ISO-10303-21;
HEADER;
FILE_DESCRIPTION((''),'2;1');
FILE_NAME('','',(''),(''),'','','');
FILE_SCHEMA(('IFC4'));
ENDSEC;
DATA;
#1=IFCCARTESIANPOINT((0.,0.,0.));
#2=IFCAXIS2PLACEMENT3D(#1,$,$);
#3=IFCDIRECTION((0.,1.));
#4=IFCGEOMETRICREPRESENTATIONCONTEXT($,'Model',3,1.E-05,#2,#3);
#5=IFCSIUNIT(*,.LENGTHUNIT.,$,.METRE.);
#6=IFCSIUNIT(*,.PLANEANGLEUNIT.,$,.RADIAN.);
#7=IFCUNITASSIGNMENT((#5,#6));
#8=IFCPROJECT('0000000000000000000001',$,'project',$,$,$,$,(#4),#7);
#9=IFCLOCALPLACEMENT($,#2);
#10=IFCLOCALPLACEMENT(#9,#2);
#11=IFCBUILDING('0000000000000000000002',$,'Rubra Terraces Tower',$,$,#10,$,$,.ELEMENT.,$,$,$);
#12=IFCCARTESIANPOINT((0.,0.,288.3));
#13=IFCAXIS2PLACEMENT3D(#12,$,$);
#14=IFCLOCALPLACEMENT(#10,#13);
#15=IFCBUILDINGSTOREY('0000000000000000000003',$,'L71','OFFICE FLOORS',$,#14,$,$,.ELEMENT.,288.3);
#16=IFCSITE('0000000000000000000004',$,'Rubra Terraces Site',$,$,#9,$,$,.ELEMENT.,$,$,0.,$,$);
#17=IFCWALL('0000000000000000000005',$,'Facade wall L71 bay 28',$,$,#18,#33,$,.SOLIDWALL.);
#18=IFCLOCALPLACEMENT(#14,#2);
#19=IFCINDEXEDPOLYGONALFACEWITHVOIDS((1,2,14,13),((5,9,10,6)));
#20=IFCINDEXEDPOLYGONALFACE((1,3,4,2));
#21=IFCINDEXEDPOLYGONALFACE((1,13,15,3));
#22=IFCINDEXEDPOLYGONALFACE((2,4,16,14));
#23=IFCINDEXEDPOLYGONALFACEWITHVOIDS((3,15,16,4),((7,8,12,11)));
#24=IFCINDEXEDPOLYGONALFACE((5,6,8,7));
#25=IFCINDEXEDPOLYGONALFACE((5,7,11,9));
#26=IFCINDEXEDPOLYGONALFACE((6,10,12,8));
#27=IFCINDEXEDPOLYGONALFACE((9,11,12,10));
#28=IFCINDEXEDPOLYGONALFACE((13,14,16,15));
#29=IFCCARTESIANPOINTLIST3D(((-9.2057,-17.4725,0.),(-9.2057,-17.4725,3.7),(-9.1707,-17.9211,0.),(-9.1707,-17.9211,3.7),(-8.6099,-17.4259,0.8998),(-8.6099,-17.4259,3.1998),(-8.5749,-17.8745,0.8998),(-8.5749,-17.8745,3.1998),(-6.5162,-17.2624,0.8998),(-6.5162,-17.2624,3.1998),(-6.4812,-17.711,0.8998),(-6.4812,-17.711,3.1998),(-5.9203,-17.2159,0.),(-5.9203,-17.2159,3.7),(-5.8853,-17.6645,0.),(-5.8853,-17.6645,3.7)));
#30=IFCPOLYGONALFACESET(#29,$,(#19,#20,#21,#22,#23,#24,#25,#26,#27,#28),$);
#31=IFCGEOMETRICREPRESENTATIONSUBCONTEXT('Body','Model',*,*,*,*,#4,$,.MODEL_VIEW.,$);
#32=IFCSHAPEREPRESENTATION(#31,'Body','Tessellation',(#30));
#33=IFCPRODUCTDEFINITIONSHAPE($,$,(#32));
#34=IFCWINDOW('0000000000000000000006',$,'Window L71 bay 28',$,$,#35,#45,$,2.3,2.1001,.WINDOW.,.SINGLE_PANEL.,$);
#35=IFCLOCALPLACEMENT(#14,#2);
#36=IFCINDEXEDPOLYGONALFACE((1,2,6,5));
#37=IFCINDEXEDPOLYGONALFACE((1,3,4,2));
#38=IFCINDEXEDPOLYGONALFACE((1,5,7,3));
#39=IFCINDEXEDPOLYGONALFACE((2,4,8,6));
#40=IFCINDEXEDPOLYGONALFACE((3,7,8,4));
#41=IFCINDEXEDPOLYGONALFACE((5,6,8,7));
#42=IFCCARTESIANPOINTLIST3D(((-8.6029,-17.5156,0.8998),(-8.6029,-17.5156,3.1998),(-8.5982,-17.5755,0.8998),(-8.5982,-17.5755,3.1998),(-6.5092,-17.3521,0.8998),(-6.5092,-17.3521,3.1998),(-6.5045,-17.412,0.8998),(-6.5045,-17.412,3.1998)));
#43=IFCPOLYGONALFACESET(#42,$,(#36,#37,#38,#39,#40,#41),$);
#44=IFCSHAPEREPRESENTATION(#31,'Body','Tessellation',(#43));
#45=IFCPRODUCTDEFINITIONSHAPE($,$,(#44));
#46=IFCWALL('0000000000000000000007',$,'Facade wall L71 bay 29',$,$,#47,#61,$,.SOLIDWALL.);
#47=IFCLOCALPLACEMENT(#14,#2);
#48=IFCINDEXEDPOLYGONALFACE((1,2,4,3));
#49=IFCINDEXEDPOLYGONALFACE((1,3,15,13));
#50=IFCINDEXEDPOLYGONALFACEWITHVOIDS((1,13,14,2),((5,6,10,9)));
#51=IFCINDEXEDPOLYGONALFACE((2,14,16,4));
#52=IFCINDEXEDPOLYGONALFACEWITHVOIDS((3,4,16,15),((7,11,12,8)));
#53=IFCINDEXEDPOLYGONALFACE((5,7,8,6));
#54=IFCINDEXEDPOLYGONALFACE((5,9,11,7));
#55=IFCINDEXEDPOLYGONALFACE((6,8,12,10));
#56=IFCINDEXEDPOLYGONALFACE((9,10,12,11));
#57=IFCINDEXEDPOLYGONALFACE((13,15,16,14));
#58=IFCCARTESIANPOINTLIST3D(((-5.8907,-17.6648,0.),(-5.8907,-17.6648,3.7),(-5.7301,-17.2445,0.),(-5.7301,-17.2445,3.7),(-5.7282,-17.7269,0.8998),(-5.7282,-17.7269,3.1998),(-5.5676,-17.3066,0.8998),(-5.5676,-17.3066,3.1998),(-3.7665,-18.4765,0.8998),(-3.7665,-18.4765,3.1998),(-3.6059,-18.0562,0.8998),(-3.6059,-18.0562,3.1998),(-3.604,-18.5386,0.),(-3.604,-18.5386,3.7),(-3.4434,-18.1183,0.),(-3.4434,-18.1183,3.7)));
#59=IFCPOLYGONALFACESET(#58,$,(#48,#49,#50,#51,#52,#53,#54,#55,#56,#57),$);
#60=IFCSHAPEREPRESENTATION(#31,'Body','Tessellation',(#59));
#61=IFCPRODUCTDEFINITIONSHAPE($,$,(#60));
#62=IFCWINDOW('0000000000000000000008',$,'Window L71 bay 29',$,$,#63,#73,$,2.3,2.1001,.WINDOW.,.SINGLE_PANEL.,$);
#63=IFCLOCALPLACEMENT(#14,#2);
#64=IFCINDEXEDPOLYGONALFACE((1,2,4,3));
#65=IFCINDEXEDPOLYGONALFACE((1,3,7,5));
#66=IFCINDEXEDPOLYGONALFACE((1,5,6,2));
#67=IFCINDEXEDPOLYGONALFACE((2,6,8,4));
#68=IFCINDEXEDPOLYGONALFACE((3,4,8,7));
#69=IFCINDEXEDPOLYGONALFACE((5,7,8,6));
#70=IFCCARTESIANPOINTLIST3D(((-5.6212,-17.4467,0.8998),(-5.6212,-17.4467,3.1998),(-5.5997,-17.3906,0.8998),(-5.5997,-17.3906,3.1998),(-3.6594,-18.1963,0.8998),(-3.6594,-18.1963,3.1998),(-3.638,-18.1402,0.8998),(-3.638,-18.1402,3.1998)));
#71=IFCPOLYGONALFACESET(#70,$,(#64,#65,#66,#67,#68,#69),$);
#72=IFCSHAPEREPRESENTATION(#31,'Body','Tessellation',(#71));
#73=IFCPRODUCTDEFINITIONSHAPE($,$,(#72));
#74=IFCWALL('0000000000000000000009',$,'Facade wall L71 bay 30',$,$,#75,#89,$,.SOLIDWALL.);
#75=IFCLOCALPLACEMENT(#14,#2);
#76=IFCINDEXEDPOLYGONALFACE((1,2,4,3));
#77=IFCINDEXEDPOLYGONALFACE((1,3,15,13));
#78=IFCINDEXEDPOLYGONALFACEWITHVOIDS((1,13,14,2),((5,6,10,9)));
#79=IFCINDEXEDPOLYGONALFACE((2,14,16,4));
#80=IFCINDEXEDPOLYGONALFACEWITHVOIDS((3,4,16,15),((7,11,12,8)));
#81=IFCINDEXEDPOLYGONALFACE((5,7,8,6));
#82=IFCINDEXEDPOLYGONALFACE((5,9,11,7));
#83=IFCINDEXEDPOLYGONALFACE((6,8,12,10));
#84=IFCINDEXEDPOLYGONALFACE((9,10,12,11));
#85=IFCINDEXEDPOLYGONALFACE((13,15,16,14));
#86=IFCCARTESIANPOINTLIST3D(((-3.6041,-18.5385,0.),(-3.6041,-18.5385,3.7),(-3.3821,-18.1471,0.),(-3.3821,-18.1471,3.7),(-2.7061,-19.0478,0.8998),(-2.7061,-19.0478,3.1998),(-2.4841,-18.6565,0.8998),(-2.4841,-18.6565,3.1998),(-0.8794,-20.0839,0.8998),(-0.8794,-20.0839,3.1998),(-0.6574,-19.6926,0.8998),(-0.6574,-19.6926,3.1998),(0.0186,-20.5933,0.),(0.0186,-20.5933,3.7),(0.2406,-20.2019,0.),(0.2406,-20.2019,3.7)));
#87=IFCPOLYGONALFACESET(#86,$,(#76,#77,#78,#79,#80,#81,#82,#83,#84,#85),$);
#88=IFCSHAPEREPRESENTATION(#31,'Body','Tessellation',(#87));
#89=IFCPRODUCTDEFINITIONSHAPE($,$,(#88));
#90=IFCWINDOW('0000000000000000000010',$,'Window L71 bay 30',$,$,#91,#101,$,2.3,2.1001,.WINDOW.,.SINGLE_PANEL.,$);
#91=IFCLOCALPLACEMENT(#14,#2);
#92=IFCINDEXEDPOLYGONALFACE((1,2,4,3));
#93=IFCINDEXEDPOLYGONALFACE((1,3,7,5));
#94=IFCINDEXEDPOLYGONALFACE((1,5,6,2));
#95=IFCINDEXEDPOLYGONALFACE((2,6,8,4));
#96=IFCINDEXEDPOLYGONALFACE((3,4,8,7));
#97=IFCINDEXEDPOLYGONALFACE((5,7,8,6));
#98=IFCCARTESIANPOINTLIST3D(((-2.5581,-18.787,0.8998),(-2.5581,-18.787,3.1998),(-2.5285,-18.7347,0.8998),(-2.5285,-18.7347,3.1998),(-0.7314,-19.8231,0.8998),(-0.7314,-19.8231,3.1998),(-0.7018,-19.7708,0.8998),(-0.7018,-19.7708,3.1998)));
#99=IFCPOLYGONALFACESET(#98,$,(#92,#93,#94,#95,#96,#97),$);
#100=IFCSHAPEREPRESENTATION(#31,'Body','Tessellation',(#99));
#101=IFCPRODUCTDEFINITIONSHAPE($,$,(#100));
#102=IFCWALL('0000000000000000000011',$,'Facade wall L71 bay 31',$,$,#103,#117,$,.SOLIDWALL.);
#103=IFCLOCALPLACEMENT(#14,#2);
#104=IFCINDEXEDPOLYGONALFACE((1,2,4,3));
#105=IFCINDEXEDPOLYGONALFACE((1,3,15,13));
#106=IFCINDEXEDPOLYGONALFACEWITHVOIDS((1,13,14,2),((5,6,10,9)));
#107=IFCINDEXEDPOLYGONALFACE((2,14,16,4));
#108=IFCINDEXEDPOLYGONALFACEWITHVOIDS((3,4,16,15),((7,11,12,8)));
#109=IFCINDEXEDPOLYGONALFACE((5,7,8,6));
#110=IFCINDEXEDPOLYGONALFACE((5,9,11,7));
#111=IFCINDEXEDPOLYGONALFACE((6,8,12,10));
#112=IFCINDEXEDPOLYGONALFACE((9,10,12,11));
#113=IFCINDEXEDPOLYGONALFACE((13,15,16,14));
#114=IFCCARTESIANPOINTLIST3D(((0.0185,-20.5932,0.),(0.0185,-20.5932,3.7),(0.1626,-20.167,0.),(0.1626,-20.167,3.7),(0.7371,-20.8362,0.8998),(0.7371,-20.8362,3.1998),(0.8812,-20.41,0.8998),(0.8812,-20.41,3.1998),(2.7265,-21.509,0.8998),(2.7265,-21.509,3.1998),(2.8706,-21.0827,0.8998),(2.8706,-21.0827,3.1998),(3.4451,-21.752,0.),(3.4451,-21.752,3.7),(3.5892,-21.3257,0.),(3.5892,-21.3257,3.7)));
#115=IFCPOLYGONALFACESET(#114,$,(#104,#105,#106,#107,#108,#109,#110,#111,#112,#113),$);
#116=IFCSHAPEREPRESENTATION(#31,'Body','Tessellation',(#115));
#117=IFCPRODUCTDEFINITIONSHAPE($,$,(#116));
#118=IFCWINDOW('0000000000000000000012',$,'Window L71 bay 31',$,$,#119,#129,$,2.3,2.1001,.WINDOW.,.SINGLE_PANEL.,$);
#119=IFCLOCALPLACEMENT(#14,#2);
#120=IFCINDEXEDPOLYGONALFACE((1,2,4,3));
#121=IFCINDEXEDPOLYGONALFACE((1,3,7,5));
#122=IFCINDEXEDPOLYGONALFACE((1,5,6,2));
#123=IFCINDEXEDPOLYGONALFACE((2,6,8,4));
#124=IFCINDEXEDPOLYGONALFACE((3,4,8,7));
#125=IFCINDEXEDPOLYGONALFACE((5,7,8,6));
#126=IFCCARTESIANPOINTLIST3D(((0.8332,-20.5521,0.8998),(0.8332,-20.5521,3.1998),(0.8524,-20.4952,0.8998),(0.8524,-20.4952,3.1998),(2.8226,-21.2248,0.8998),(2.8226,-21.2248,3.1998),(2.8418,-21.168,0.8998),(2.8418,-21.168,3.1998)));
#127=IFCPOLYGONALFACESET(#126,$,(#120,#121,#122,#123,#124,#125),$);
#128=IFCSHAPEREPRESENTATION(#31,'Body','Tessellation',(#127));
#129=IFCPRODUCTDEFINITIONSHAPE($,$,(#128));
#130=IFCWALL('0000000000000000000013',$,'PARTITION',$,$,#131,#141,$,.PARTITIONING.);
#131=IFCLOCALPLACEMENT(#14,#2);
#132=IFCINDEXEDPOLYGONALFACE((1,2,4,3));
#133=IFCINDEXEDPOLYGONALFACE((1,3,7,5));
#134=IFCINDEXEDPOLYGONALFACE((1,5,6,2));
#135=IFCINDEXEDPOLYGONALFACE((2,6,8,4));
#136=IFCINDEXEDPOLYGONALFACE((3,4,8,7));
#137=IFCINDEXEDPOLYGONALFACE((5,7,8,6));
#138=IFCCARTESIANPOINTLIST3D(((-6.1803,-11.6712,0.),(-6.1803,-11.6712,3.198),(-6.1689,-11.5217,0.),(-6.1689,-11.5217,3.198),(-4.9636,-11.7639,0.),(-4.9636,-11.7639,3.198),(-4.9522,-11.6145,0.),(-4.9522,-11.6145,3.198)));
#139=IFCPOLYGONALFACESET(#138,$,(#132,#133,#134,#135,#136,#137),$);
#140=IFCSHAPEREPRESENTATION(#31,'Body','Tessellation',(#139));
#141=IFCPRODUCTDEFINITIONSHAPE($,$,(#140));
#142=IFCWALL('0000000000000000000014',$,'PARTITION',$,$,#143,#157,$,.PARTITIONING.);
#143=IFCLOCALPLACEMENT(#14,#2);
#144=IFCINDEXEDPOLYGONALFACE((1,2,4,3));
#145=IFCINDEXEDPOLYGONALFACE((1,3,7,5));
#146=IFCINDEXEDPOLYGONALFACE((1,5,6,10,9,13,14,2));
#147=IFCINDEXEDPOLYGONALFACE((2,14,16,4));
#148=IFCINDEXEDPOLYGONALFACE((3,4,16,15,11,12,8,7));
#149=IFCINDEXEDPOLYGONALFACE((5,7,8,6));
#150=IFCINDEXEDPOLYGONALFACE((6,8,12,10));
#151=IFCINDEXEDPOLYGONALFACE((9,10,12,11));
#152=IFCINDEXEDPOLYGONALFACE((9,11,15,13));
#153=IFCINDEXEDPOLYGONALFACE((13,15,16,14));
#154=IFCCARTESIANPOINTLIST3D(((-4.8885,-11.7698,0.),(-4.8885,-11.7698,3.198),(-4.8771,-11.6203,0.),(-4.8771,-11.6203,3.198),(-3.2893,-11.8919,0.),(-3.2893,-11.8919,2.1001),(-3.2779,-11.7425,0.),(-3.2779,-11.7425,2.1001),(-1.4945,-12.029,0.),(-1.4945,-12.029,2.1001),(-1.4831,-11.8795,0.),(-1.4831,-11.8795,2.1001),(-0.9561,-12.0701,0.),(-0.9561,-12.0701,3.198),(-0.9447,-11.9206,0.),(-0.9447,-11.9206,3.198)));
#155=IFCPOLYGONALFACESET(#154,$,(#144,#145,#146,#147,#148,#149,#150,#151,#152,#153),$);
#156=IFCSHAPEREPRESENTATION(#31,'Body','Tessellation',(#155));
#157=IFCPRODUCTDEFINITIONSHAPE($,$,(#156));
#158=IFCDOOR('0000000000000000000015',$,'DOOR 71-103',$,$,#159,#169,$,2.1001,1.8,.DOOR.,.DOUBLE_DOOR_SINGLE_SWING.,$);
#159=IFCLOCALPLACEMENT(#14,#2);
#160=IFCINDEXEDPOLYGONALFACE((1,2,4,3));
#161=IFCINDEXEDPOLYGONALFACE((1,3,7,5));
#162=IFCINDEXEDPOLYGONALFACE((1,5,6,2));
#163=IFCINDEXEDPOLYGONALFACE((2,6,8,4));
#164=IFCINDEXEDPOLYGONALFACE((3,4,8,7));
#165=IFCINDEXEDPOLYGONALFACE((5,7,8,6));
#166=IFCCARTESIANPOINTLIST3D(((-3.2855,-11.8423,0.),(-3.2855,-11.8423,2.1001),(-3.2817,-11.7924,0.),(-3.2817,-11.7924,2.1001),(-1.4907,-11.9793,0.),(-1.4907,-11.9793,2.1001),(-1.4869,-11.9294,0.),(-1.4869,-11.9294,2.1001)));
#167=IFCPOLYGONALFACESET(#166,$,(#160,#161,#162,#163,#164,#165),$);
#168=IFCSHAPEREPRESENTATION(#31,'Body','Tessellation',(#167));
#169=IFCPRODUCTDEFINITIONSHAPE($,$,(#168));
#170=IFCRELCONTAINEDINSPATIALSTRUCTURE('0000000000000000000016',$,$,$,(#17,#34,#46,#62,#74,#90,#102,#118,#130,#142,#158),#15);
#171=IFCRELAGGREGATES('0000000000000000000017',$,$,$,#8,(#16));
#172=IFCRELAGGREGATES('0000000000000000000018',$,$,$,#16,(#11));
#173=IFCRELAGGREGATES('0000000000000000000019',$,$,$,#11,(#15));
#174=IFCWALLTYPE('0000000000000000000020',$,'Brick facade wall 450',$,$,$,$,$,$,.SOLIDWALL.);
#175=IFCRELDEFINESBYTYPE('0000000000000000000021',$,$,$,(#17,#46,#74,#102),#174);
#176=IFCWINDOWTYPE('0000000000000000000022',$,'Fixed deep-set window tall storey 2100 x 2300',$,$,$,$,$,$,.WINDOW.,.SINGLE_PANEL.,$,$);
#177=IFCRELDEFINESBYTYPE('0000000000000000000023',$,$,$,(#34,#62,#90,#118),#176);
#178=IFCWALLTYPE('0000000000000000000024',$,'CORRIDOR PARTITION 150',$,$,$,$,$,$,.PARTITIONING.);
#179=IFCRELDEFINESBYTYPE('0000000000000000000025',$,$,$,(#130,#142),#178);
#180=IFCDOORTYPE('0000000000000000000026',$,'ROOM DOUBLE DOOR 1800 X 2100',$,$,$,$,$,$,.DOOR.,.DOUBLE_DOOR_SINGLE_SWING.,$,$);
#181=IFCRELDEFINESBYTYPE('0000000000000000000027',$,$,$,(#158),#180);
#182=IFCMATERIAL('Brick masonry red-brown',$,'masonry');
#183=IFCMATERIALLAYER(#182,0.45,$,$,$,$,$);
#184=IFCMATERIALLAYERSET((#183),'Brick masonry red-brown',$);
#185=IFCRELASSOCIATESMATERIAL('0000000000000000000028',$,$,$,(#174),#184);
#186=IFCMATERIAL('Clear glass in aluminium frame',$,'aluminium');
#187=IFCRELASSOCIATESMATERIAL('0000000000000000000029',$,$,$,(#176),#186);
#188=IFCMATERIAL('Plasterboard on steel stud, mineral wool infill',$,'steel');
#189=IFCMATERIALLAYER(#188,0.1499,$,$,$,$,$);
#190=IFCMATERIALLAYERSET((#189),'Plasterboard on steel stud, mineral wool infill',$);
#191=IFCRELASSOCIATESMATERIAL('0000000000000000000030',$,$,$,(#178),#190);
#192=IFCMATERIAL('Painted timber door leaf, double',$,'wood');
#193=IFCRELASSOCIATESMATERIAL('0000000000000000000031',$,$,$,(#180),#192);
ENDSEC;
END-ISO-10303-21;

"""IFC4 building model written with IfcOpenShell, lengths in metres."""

from ifc_helpers import new_model, si_unit, direction, frame, frame_2d, origin, place, context, subcontext, project, spatial, rectangle, extrude, material, layer, layer_set, type_object, element, fill, save


model = new_model("IFC4")

# Units and contexts
model_context = context("Model", 3, precision=1e-05, world=origin(), true_north=direction((0.0, 1.0)))
body_context = subcontext(model_context, "Body", "Model", "MODEL_VIEW")
ifc_project = project(units=[si_unit("LENGTHUNIT", "METRE"), si_unit("PLANEANGLEUNIT", "RADIAN")], contexts=[model_context])

# Site, building, storey
site_placement = place(None, origin())
site = spatial("IfcSite", under=ifc_project, at=site_placement, Name="Rubra Terraces Site", CompositionType="ELEMENT", RefElevation=0.0)
building_placement = place(site_placement, origin())
building = spatial("IfcBuilding", under=site, at=building_placement, Name="Rubra Terraces Tower", CompositionType="ELEMENT")
storey_placement = place(building_placement, frame((0.0, 0.0, 288.3)))
storey = spatial("IfcBuildingStorey", under=building, at=storey_placement, Name="L71", Description="OFFICE FLOORS", CompositionType="ELEMENT", Elevation=288.3)

# Walls, openings, windows
ifc_material_1 = material(Name="Brick masonry red-brown", Category="masonry")
ifc_layer_1 = layer(ifc_material_1, 0.45)
ifc_layer_set_1 = layer_set([ifc_layer_1], Name="Brick masonry red-brown")
wall_type_1 = type_object("IfcWallType", Name="Brick facade wall 450", PredefinedType="SOLIDWALL", material=ifc_layer_set_1)
wall_1_placement = place(storey_placement, frame((-9.1882, -17.6968, 0.0), z_axis=(0.0, 0.0, 1.0), x_axis=(0.996964, 0.077864, 0.0)))
wall_1 = element("IfcWall", 1, at=wall_1_placement, inside=storey, type_object=wall_type_1, Name="Facade wall L71 bay 28", PredefinedType="SOLIDWALL", context=body_context, shape_type="SweptSolid", body=[
    extrude(rectangle(XDim=3.2954, YDim=0.45, at=frame_2d((1.6477, 0.0))), origin(), (0.0, 0.0, 1.0), 3.7),
])
opening_1_placement = place(wall_1_placement, frame((0.5977, 0.0, 0.8999)))
opening_1 = element("IfcOpeningElement", 2, at=opening_1_placement, cuts=wall_1, PredefinedType="OPENING", context=body_context, shape_type="SweptSolid", body=[
    extrude(rectangle(XDim=2.1001, YDim=2.3, at=frame_2d((1.05, 1.1499))), frame((0.0, 0.2349, 0.0), z_axis=(0.0, -1.0, 0.0), x_axis=(1.0, 0.0, 0.0)), (0.0, 0.0, 1.0), 0.47),
])
ifc_material_2 = material(Name="Clear glass in aluminium frame", Category="aluminium")
window_type = type_object("IfcWindowType", Name="Fixed deep-set window tall storey 2100 x 2300", PartitioningType="SINGLE_PANEL", PredefinedType="WINDOW", material=ifc_material_2)
window_1_placement = place(opening_1_placement, origin())
window_1 = element("IfcWindow", 3, at=window_1_placement, inside=storey, type_object=window_type, Name="Window L71 bay 28", OverallHeight=2.3, OverallWidth=2.1001, PartitioningType="SINGLE_PANEL", PredefinedType="WINDOW", context=body_context, shape_type="SweptSolid", body=[
    extrude(rectangle(XDim=2.1001, YDim=2.3, at=frame_2d((1.05, 1.1499))), frame((0.0, 0.135, 0.0), z_axis=(0.0, -1.0, 0.0), x_axis=(1.0, 0.0, 0.0)), (0.0, 0.0, 1.0), 0.0601),
])
fill(opening_1, window_1)
wall_2_placement = place(storey_placement, frame((-5.8105, -17.4546, 0.0), z_axis=(0.0, 0.0, 1.0), x_axis=(0.934122, -0.356953, 0.0)))
wall_2 = element("IfcWall", 4, at=wall_2_placement, inside=storey, type_object=wall_type_1, Name="Facade wall L71 bay 29", PredefinedType="SOLIDWALL", context=body_context, shape_type="SweptSolid", body=[
    extrude(rectangle(XDim=2.448, YDim=0.45, at=frame_2d((1.2241, 0.0))), origin(), (0.0, 0.0, 1.0), 3.7),
])
opening_2_placement = place(wall_2_placement, frame((0.1741, 0.0, 0.8999)))
opening_2 = element("IfcOpeningElement", 5, at=opening_2_placement, cuts=wall_2, PredefinedType="OPENING", context=body_context, shape_type="SweptSolid", body=[
    extrude(rectangle(XDim=2.1001, YDim=2.3, at=frame_2d((1.05, 1.1499))), frame((0.0, 0.2349, 0.0), z_axis=(0.0, -1.0, 0.0), x_axis=(1.0, 0.0, 0.0)), (0.0, 0.0, 1.0), 0.47),
])
window_2_placement = place(opening_2_placement, origin())
window_2 = element("IfcWindow", 6, at=window_2_placement, inside=storey, type_object=window_type, Name="Window L71 bay 29", OverallHeight=2.3, OverallWidth=2.1001, PartitioningType="SINGLE_PANEL", PredefinedType="WINDOW", context=body_context, shape_type="SweptSolid", body=[
    extrude(rectangle(XDim=2.1001, YDim=2.3, at=frame_2d((1.05, 1.1499))), frame((0.0, 0.135, 0.0), z_axis=(0.0, -1.0, 0.0), x_axis=(1.0, 0.0, 0.0)), (0.0, 0.0, 1.0), 0.0601),
])
fill(opening_2, window_2)
wall_3_placement = place(storey_placement, frame((-3.4932, -18.3428, 0.0), z_axis=(0.0, 0.0, 1.0), x_axis=(0.869826, -0.493359, 0.0)))
wall_3 = element("IfcWall", 7, at=wall_3_placement, inside=storey, type_object=wall_type_1, Name="Facade wall L71 bay 30", PredefinedType="SOLIDWALL", context=body_context, shape_type="SweptSolid", body=[
    extrude(rectangle(XDim=4.1648, YDim=0.45, at=frame_2d((2.0825, 0.0))), origin(), (0.0, 0.0, 1.0), 3.7),
])
opening_3_placement = place(wall_3_placement, frame((1.0325, 0.0, 0.8999)))
opening_3 = element("IfcOpeningElement", 8, at=opening_3_placement, cuts=wall_3, PredefinedType="OPENING", context=body_context, shape_type="SweptSolid", body=[
    extrude(rectangle(XDim=2.1001, YDim=2.3, at=frame_2d((1.05, 1.1499))), frame((0.0, 0.2349, 0.0), z_axis=(0.0, -1.0, 0.0), x_axis=(1.0, 0.0, 0.0)), (0.0, 0.0, 1.0), 0.47),
])
window_3_placement = place(opening_3_placement, origin())
window_3 = element("IfcWindow", 9, at=window_3_placement, inside=storey, type_object=window_type, Name="Window L71 bay 30", OverallHeight=2.3, OverallWidth=2.1001, PartitioningType="SINGLE_PANEL", PredefinedType="WINDOW", context=body_context, shape_type="SweptSolid", body=[
    extrude(rectangle(XDim=2.1001, YDim=2.3, at=frame_2d((1.05, 1.1499))), frame((0.0, 0.135, 0.0), z_axis=(0.0, -1.0, 0.0), x_axis=(1.0, 0.0, 0.0)), (0.0, 0.0, 1.0), 0.0601),
])
fill(opening_3, window_3)
wall_4_placement = place(storey_placement, frame((0.0906, -20.3801, 0.0), z_axis=(0.0, 0.0, 1.0), x_axis=(0.947304, -0.320335, 0.0)))
wall_4 = element("IfcWall", 10, at=wall_4_placement, inside=storey, type_object=wall_type_1, Name="Facade wall L71 bay 31", PredefinedType="SOLIDWALL", context=body_context, shape_type="SweptSolid", body=[
    extrude(rectangle(XDim=3.6172, YDim=0.45, at=frame_2d((1.8086, 0.0))), origin(), (0.0, 0.0, 1.0), 3.7),
])
opening_4_placement = place(wall_4_placement, frame((0.7585, 0.0, 0.8999)))
opening_4 = element("IfcOpeningElement", 11, at=opening_4_placement, cuts=wall_4, PredefinedType="OPENING", context=body_context, shape_type="SweptSolid", body=[
    extrude(rectangle(XDim=2.1001, YDim=2.3, at=frame_2d((1.05, 1.1499))), frame((0.0, 0.2349, 0.0), z_axis=(0.0, -1.0, 0.0), x_axis=(1.0, 0.0, 0.0)), (0.0, 0.0, 1.0), 0.47),
])
window_4_placement = place(opening_4_placement, origin())
window_4 = element("IfcWindow", 12, at=window_4_placement, inside=storey, type_object=window_type, Name="Window L71 bay 31", OverallHeight=2.3, OverallWidth=2.1001, PartitioningType="SINGLE_PANEL", PredefinedType="WINDOW", context=body_context, shape_type="SweptSolid", body=[
    extrude(rectangle(XDim=2.1001, YDim=2.3, at=frame_2d((1.05, 1.1499))), frame((0.0, 0.135, 0.0), z_axis=(0.0, -1.0, 0.0), x_axis=(1.0, 0.0, 0.0)), (0.0, 0.0, 1.0), 0.0601),
])
fill(opening_4, window_4)

# Wall
ifc_material_3 = material(Name="Plasterboard on steel stud, mineral wool infill", Category="steel")
ifc_layer_2 = layer(ifc_material_3, 0.1499)
ifc_layer_set_2 = layer_set([ifc_layer_2], Name="Plasterboard on steel stud, mineral wool infill")
wall_type_2 = type_object("IfcWallType", Name="CORRIDOR PARTITION 150", PredefinedType="PARTITIONING", material=ifc_layer_set_2)
wall_5_placement = place(storey_placement, frame((-6.1746, -11.5964, 0.0), z_axis=(0.0, 0.0, 1.0), x_axis=(0.997106, -0.076023, 0.0)))
element("IfcWall", 13, at=wall_5_placement, inside=storey, type_object=wall_type_2, Name="PARTITION", PredefinedType="PARTITIONING", context=body_context, shape_type="SweptSolid", body=[
    extrude(rectangle(XDim=1.2202, YDim=0.1499, at=frame_2d((0.6101, 0.0))), origin(), (0.0, 0.0, 1.0), 3.198),
])

# Wall, opening, door
wall_6_placement = place(storey_placement, frame((-4.8828, -11.6951, 0.0), z_axis=(0.0, 0.0, 1.0), x_axis=(0.997097, -0.076143, 0.0)))
wall_6 = element("IfcWall", 14, at=wall_6_placement, inside=storey, type_object=wall_type_2, Name="PARTITION", PredefinedType="PARTITIONING", context=body_context, shape_type="SweptSolid", body=[
    extrude(rectangle(XDim=3.9438, YDim=0.1499, at=frame_2d((1.9719, 0.0))), origin(), (0.0, 0.0, 1.0), 3.198),
])
opening_5_placement = place(wall_6_placement, frame((1.604, 0.0, 0.0)))
opening_5 = element("IfcOpeningElement", 15, at=opening_5_placement, cuts=wall_6, PredefinedType="OPENING", context=body_context, shape_type="SweptSolid", body=[
    extrude(rectangle(XDim=1.8, YDim=2.1001, at=frame_2d((0.8999, 1.05))), frame((0.0, 0.085, 0.0), z_axis=(0.0, -1.0, 0.0), x_axis=(1.0, 0.0, 0.0)), (0.0, 0.0, 1.0), 0.1699),
])
ifc_material_4 = material(Name="Painted timber door leaf, double", Category="wood")
door_type_1 = type_object("IfcDoorType", Name="ROOM DOUBLE DOOR 1800 X 2100", OperationType="DOUBLE_DOOR_SINGLE_SWING", PredefinedType="DOOR", material=ifc_material_4)
door_1_placement = place(opening_5_placement, origin())
door_1 = element("IfcDoor", 16, at=door_1_placement, inside=storey, type_object=door_type_1, Name="DOOR 71-103", OperationType="DOUBLE_DOOR_SINGLE_SWING", OverallHeight=2.1001, OverallWidth=1.8, PredefinedType="DOOR", context=body_context, shape_type="SweptSolid", body=[
    extrude(rectangle(XDim=1.8, YDim=2.1001, at=frame_2d((0.8999, 1.05))), frame((0.0, 0.0249, 0.0), z_axis=(0.0, -1.0, 0.0), x_axis=(1.0, 0.0, 0.0)), (0.0, 0.0, 1.0), 0.05),
])
fill(opening_5, door_1)

save(model, "model.ifc")
